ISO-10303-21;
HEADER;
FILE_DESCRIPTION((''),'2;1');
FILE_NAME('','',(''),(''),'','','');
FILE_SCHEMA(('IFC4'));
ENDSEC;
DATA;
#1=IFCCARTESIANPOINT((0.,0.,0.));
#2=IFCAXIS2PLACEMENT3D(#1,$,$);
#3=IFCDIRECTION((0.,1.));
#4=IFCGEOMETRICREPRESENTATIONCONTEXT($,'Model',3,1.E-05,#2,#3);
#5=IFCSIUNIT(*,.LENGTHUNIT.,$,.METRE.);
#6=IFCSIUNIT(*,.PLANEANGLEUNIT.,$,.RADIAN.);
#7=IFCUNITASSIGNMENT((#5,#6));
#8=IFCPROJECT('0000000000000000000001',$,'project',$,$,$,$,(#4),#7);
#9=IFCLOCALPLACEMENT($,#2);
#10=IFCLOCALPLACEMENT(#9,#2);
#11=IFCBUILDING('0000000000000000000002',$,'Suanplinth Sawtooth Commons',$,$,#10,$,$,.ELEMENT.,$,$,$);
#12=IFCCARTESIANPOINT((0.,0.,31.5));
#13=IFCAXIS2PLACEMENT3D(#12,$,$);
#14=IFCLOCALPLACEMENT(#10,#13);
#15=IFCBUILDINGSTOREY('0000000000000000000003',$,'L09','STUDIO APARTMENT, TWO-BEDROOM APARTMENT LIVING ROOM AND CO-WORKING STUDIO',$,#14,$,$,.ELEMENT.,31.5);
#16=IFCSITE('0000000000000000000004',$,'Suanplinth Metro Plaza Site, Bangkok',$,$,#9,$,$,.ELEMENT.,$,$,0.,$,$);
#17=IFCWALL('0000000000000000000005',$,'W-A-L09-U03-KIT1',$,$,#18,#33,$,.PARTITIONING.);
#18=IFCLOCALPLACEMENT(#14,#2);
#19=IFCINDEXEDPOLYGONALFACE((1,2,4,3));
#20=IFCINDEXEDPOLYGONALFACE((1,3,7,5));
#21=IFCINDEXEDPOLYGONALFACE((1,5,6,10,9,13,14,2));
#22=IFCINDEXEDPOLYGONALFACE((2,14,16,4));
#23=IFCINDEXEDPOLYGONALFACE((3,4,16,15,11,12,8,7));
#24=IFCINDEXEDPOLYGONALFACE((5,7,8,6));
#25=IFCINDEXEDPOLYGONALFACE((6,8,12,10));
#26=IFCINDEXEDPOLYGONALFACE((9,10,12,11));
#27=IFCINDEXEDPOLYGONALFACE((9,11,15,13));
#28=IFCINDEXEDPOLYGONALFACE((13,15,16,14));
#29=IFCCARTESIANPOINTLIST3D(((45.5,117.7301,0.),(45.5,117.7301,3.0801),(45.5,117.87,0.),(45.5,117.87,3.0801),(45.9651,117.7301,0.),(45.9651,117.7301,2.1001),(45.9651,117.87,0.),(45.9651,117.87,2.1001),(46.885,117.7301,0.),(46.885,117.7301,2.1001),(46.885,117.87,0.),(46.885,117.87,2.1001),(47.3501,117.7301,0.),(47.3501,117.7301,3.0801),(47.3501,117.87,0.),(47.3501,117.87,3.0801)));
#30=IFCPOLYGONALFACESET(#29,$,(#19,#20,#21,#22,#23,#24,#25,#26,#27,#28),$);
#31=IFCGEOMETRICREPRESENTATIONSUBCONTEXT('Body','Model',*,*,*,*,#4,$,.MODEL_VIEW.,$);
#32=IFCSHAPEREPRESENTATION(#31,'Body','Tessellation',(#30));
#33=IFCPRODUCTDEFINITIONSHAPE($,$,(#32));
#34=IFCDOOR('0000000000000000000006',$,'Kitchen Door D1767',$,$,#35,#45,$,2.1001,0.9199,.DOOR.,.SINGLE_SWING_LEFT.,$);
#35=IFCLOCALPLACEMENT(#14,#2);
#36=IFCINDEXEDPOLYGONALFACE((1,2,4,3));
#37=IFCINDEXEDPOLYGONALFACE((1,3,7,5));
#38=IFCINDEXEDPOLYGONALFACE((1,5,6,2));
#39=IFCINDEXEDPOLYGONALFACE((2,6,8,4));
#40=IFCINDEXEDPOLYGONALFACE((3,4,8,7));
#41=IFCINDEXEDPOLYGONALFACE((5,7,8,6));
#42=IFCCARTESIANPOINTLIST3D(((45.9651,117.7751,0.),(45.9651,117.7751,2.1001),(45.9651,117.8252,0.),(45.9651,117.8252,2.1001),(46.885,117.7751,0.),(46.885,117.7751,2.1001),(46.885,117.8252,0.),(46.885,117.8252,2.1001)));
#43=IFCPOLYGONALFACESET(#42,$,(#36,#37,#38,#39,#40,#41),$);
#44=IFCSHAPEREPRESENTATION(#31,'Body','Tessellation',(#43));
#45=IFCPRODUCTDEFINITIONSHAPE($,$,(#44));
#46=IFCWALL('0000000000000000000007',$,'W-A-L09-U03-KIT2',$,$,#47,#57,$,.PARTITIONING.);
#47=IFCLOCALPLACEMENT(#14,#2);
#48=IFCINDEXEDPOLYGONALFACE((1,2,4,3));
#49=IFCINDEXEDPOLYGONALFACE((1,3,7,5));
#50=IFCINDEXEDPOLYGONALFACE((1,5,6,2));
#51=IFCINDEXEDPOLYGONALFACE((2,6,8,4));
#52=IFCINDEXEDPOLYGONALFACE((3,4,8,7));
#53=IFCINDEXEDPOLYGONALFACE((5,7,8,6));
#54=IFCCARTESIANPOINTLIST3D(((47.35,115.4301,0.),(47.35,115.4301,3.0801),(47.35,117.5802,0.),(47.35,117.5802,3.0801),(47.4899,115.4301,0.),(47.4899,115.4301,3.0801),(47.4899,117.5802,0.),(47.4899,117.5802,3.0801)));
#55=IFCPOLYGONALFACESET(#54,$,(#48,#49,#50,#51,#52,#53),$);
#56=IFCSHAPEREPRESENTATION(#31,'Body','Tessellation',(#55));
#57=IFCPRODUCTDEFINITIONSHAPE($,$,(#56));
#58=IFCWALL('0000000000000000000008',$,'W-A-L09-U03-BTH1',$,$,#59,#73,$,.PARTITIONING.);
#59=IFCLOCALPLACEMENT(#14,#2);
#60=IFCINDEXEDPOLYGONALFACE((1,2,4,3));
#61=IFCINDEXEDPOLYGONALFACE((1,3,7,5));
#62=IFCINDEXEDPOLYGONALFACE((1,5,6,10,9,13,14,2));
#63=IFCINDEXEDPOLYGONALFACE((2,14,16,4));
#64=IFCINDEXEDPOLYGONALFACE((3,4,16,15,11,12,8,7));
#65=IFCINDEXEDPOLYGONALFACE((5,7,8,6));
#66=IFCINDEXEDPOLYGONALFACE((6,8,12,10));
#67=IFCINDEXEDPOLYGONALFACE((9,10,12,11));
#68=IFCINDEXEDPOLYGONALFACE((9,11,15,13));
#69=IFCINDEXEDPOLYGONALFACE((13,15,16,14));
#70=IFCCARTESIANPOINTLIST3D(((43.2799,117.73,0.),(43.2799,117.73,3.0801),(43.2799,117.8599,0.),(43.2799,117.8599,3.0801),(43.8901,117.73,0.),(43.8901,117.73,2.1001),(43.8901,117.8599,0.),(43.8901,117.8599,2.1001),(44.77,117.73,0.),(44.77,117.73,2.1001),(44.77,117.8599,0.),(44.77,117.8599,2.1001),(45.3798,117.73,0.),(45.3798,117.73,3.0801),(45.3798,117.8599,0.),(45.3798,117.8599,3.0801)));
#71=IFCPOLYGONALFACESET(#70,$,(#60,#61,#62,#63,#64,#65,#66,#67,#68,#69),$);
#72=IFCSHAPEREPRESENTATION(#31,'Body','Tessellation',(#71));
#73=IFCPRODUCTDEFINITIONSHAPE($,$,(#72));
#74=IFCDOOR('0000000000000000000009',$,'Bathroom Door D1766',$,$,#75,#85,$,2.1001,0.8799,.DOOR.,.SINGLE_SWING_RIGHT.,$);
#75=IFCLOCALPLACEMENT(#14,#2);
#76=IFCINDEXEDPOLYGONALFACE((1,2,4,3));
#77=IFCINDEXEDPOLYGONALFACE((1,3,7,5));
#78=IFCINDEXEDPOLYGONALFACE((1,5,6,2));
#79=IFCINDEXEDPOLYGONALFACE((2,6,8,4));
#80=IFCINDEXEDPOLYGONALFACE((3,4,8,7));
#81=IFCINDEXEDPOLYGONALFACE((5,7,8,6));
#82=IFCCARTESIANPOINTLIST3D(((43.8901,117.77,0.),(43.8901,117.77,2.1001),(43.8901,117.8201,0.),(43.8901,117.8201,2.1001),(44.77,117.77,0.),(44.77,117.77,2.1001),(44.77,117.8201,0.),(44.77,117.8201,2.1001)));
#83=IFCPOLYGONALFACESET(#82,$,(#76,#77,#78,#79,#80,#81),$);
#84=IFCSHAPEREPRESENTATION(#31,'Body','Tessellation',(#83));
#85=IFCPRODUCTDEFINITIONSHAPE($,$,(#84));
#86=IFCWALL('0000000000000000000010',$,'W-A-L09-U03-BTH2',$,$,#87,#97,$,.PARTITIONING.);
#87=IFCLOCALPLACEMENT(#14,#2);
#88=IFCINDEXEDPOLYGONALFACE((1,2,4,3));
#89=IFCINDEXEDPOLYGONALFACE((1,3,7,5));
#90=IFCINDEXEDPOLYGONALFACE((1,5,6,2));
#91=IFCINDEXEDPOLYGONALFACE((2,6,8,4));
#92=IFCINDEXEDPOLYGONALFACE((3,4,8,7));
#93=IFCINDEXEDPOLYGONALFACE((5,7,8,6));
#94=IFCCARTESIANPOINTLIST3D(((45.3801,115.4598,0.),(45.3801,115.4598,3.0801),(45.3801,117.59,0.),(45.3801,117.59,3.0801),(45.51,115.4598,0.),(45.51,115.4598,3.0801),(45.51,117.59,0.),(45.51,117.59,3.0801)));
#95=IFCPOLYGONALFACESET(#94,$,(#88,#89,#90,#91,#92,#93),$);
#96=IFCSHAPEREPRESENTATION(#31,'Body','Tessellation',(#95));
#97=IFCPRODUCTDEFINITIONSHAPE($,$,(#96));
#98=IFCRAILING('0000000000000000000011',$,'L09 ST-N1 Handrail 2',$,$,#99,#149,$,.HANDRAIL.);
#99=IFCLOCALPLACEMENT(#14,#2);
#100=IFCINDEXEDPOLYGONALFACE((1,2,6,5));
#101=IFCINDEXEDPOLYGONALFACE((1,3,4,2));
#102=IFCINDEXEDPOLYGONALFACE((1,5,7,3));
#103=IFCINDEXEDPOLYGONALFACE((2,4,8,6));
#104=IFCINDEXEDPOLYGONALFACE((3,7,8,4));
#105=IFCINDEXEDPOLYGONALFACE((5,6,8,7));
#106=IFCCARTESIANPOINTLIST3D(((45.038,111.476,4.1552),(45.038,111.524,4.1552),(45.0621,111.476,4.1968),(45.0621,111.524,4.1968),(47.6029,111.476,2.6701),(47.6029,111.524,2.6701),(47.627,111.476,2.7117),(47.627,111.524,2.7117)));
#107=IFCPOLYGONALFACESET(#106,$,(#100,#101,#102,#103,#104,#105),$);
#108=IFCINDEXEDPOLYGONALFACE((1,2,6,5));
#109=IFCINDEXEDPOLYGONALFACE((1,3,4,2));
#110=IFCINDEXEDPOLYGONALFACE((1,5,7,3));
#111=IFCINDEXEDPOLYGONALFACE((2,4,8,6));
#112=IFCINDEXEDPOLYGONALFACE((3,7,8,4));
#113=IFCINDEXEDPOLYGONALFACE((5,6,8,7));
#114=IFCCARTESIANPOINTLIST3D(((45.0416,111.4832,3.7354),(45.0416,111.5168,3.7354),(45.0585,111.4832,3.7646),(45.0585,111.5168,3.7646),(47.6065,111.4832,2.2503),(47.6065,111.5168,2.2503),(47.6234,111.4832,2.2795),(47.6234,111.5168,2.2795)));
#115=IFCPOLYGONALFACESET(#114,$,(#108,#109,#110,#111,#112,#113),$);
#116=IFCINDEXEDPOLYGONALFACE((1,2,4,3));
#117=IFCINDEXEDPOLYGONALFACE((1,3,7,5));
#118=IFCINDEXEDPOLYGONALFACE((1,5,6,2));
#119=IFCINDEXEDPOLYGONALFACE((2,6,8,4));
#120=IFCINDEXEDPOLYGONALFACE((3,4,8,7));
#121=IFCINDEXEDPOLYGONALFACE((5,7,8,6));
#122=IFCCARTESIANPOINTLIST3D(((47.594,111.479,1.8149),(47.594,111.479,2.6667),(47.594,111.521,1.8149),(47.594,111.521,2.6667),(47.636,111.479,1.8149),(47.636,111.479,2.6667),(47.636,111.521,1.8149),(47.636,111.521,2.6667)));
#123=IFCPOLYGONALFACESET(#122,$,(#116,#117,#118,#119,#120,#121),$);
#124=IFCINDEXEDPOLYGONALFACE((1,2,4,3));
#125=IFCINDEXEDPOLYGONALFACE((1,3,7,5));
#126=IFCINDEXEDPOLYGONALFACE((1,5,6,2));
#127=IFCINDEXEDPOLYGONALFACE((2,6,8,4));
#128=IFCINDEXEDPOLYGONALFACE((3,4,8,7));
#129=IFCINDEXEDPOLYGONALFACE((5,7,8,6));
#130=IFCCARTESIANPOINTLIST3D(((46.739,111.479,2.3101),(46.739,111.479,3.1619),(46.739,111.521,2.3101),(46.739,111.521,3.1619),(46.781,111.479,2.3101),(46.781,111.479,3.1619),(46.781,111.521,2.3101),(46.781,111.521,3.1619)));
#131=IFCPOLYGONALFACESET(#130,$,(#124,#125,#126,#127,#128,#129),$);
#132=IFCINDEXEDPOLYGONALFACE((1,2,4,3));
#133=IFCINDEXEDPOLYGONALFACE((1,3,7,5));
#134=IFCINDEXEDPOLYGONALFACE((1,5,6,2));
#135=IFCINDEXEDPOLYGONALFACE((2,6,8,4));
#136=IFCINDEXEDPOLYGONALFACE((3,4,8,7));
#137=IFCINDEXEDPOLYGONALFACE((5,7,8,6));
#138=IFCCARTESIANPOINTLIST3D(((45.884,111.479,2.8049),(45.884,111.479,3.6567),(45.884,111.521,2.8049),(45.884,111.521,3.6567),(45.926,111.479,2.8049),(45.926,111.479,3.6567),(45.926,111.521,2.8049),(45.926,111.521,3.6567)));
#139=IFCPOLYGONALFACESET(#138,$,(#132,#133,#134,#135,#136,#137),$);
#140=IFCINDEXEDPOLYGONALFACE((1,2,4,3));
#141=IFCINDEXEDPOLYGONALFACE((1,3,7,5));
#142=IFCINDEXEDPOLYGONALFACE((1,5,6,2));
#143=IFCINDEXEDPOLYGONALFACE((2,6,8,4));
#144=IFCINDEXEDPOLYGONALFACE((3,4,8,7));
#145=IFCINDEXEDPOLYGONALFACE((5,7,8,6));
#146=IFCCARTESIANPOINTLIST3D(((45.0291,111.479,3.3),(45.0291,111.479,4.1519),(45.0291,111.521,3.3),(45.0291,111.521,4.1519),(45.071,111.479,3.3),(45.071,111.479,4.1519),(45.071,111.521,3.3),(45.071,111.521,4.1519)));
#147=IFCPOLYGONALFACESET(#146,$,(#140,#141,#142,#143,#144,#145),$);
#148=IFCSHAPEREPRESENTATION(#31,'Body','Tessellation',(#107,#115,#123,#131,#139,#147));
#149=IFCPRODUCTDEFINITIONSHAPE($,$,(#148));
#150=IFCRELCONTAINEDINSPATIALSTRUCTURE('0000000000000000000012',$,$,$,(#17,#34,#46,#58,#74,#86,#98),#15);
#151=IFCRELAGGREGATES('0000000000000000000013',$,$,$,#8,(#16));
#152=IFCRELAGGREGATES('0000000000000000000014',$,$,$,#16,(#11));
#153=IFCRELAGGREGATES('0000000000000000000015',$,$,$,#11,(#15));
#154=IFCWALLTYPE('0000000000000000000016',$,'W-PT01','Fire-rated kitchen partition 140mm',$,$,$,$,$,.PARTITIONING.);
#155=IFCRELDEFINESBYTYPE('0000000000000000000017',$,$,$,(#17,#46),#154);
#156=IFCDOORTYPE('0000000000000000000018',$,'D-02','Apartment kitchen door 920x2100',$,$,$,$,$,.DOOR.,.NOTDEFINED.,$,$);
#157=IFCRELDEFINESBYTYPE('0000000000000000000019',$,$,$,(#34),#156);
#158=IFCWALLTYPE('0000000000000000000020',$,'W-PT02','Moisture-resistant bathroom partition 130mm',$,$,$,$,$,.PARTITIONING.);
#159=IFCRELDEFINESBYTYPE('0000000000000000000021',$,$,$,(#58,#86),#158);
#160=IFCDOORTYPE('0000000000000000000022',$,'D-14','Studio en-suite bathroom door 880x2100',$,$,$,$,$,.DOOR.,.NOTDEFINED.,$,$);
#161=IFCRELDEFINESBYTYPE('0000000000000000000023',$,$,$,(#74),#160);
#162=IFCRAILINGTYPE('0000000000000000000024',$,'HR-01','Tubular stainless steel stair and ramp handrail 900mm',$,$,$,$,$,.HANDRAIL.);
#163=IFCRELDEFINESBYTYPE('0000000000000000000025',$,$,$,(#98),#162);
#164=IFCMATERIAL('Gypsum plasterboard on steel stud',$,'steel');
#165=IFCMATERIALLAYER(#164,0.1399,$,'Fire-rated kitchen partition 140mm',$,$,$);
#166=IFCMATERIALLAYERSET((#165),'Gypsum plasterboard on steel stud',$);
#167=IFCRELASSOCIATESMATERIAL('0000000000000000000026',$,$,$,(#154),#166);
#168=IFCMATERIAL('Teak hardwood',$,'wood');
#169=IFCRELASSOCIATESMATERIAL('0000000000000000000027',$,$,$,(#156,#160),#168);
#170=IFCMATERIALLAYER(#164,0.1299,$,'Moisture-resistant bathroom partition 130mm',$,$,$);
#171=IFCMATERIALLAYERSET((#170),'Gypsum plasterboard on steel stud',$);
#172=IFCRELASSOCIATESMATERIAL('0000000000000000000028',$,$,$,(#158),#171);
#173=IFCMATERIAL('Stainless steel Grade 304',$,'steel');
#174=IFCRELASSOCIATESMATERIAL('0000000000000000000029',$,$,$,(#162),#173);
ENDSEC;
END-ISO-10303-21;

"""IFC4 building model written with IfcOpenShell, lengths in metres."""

from ifc_helpers import new_model, si_unit, direction, frame, frame_2d, origin, origin_2d, place, context, subcontext, project, spatial, rectangle, extrude, material, layer, layer_set, type_object, element, fill, save


model = new_model("IFC4")

# Units and contexts
model_context = context("Model", 3, precision=1e-05, world=origin(), true_north=direction((0.0, 1.0)))
body_context = subcontext(model_context, "Body", "Model", "MODEL_VIEW")
ifc_project = project(units=[si_unit("LENGTHUNIT", "METRE"), si_unit("PLANEANGLEUNIT", "RADIAN")], contexts=[model_context])

# Site, building, storey
site_placement = place(None, origin())
site = spatial("IfcSite", under=ifc_project, at=site_placement, Name="Suanplinth Metro Plaza Site, Bangkok", CompositionType="ELEMENT", RefElevation=0.0)
building_placement = place(site_placement, origin())
building = spatial("IfcBuilding", under=site, at=building_placement, Name="Suanplinth Sawtooth Commons", CompositionType="ELEMENT")
storey_placement = place(building_placement, frame((0.0, 0.0, 31.5)))
storey = spatial("IfcBuildingStorey", under=building, at=storey_placement, Name="L09", Description="STUDIO APARTMENT, TWO-BEDROOM APARTMENT LIVING ROOM AND CO-WORKING STUDIO", CompositionType="ELEMENT", Elevation=31.5)

# Wall, opening, door
ifc_material_1 = material(Name="Gypsum plasterboard on steel stud", Category="steel")
ifc_layer_1 = layer(ifc_material_1, 0.1399, Name="Fire-rated kitchen partition 140mm")
ifc_layer_set_1 = layer_set([ifc_layer_1], Name="Gypsum plasterboard on steel stud")
wall_type_1 = type_object("IfcWallType", Name="W-PT01", Description="Fire-rated kitchen partition 140mm", PredefinedType="PARTITIONING", material=ifc_layer_set_1)
wall_1_placement = place(storey_placement, frame((45.5, 117.8, 0.0), z_axis=(0.0, 0.0, 1.0), x_axis=(1.0, 0.0, 0.0)))
wall_1 = element("IfcWall", 1, at=wall_1_placement, inside=storey, type_object=wall_type_1, Name="W-A-L09-U03-KIT1", PredefinedType="PARTITIONING", context=body_context, shape_type="SweptSolid", body=[
    extrude(rectangle(XDim=1.8501, YDim=0.1399, at=frame_2d((0.925, 0.0))), origin(), (0.0, 0.0, 1.0), 3.0801),
])
opening_1_placement = place(wall_1_placement, frame((0.4651, 0.0, 0.0)))
opening_1 = element("IfcOpeningElement", 2, at=opening_1_placement, cuts=wall_1, PredefinedType="OPENING", context=body_context, shape_type="SweptSolid", body=[
    extrude(rectangle(XDim=0.9199, YDim=2.1001, at=frame_2d((0.46, 1.05))), frame((0.0, 0.085, 0.0), z_axis=(0.0, -1.0, 0.0), x_axis=(1.0, 0.0, 0.0)), (0.0, 0.0, 1.0), 0.1697),
])
ifc_material_2 = material(Name="Teak hardwood", Category="wood")
door_type_1 = type_object("IfcDoorType", Name="D-02", Description="Apartment kitchen door 920x2100", OperationType="NOTDEFINED", PredefinedType="DOOR", material=ifc_material_2)
door_1_placement = place(opening_1_placement, frame((0.9199, 0.0, 0.0), z_axis=(0.0, 0.0, 1.0), x_axis=(-1.0, 0.0, 0.0)))
door_1 = element("IfcDoor", 3, at=door_1_placement, inside=storey, type_object=door_type_1, Name="Kitchen Door D1767", OperationType="SINGLE_SWING_LEFT", OverallHeight=2.1001, OverallWidth=0.9199, PredefinedType="DOOR", context=body_context, shape_type="SweptSolid", body=[
    extrude(rectangle(XDim=0.9199, YDim=2.1001, at=frame_2d((0.46, 1.05))), frame((0.0, 0.0249, 0.0), z_axis=(0.0, -1.0, 0.0), x_axis=(1.0, 0.0, 0.0)), (0.0, 0.0, 1.0), 0.05),
])
fill(opening_1, door_1)

# Wall
wall_2_placement = place(storey_placement, frame((47.4199, 115.4299, 0.0), z_axis=(0.0, 0.0, 1.0), x_axis=(0.0, 1.0, 0.0)))
element("IfcWall", 4, at=wall_2_placement, inside=storey, type_object=wall_type_1, Name="W-A-L09-U03-KIT2", PredefinedType="PARTITIONING", context=body_context, shape_type="SweptSolid", body=[
    extrude(rectangle(XDim=2.1501, YDim=0.1399, at=frame_2d((1.0752, 0.0))), origin(), (0.0, 0.0, 1.0), 3.0801),
])

# Wall, opening, door
ifc_layer_2 = layer(ifc_material_1, 0.1299, Name="Moisture-resistant bathroom partition 130mm")
ifc_layer_set_2 = layer_set([ifc_layer_2], Name="Gypsum plasterboard on steel stud")
wall_type_2 = type_object("IfcWallType", Name="W-PT02", Description="Moisture-resistant bathroom partition 130mm", PredefinedType="PARTITIONING", material=ifc_layer_set_2)
wall_3_placement = place(storey_placement, frame((43.28, 117.7949, 0.0), z_axis=(0.0, 0.0, 1.0), x_axis=(1.0, 0.0, 0.0)))
wall_3 = element("IfcWall", 5, at=wall_3_placement, inside=storey, type_object=wall_type_2, Name="W-A-L09-U03-BTH1", PredefinedType="PARTITIONING", context=body_context, shape_type="SweptSolid", body=[
    extrude(rectangle(XDim=2.0999, YDim=0.1299, at=frame_2d((1.0498, 0.0))), origin(), (0.0, 0.0, 1.0), 3.0801),
])
opening_2_placement = place(wall_3_placement, frame((0.6101, 0.0, 0.0)))
opening_2 = element("IfcOpeningElement", 6, at=opening_2_placement, cuts=wall_3, PredefinedType="OPENING", context=body_context, shape_type="SweptSolid", body=[
    extrude(rectangle(XDim=0.8799, YDim=2.1001, at=frame_2d((0.4399, 1.05))), frame((0.0, 0.0798, 0.0), z_axis=(0.0, -1.0, 0.0), x_axis=(1.0, 0.0, 0.0)), (0.0, 0.0, 1.0), 0.1597),
])
door_type_2 = type_object("IfcDoorType", Name="D-14", Description="Studio en-suite bathroom door 880x2100", OperationType="NOTDEFINED", PredefinedType="DOOR", material=ifc_material_2)
door_2_placement = place(opening_2_placement, frame((0.8799, 0.0, 0.0), z_axis=(0.0, 0.0, 1.0), x_axis=(-1.0, 0.0, 0.0)))
door_2 = element("IfcDoor", 7, at=door_2_placement, inside=storey, type_object=door_type_2, Name="Bathroom Door D1766", OperationType="SINGLE_SWING_RIGHT", OverallHeight=2.1001, OverallWidth=0.8799, PredefinedType="DOOR", context=body_context, shape_type="SweptSolid", body=[
    extrude(rectangle(XDim=0.8799, YDim=2.1001, at=frame_2d((0.4399, 1.05))), frame((0.0, 0.0249, 0.0), z_axis=(0.0, -1.0, 0.0), x_axis=(1.0, 0.0, 0.0)), (0.0, 0.0, 1.0), 0.05),
])
fill(opening_2, door_2)

# Wall
wall_4_placement = place(storey_placement, frame((45.4451, 115.46, 0.0), z_axis=(0.0, 0.0, 1.0), x_axis=(0.0, 1.0, 0.0)))
element("IfcWall", 8, at=wall_4_placement, inside=storey, type_object=wall_type_2, Name="W-A-L09-U03-BTH2", PredefinedType="PARTITIONING", context=body_context, shape_type="SweptSolid", body=[
    extrude(rectangle(XDim=2.1301, YDim=0.1299, at=frame_2d((1.0649, 0.0))), origin(), (0.0, 0.0, 1.0), 3.0801),
])

# Railing
ifc_material_3 = material(Name="Stainless steel Grade 304", Category="steel")
railing_type = type_object("IfcRailingType", Name="HR-01", Description="Tubular stainless steel stair and ramp handrail 900mm", PredefinedType="HANDRAIL", material=ifc_material_3)
railing_placement = place(storey_placement, frame((47.615, 111.5, 1.8149)))
element("IfcRailing", 9, at=railing_placement, inside=storey, type_object=railing_type, Name="L09 ST-N1 Handrail 2", PredefinedType="HANDRAIL", context=body_context, shape_type="SweptSolid", body=[
    extrude(rectangle(XDim=0.0481, YDim=0.0481, at=origin_2d()), frame((0.0, 0.0, 0.876), z_axis=(-0.865406, 0.0, 0.501072), x_axis=(0.0, -1.0, 0.0)), (0.0, 0.0, 1.0), 2.9639),
    extrude(rectangle(XDim=0.0337, YDim=0.0337, at=origin_2d()), frame((0.0, 0.0, 0.45), z_axis=(-0.865406, 0.0, 0.501072), x_axis=(0.0, -1.0, 0.0)), (0.0, 0.0, 1.0), 2.9639),
    extrude(rectangle(XDim=0.042, YDim=0.042, at=origin_2d()), origin(), (0.0, 0.0, 1.0), 0.8518),
    extrude(rectangle(XDim=0.042, YDim=0.042, at=origin_2d()), frame((-0.855, 0.0, 0.4951)), (0.0, 0.0, 1.0), 0.8518),
    extrude(rectangle(XDim=0.042, YDim=0.042, at=origin_2d()), frame((-1.71, 0.0, 0.99)), (0.0, 0.0, 1.0), 0.8518),
    extrude(rectangle(XDim=0.042, YDim=0.042, at=origin_2d()), frame((-2.5649, 0.0, 1.4851)), (0.0, 0.0, 1.0), 0.8518),
])

save(model, "model.ifc")
